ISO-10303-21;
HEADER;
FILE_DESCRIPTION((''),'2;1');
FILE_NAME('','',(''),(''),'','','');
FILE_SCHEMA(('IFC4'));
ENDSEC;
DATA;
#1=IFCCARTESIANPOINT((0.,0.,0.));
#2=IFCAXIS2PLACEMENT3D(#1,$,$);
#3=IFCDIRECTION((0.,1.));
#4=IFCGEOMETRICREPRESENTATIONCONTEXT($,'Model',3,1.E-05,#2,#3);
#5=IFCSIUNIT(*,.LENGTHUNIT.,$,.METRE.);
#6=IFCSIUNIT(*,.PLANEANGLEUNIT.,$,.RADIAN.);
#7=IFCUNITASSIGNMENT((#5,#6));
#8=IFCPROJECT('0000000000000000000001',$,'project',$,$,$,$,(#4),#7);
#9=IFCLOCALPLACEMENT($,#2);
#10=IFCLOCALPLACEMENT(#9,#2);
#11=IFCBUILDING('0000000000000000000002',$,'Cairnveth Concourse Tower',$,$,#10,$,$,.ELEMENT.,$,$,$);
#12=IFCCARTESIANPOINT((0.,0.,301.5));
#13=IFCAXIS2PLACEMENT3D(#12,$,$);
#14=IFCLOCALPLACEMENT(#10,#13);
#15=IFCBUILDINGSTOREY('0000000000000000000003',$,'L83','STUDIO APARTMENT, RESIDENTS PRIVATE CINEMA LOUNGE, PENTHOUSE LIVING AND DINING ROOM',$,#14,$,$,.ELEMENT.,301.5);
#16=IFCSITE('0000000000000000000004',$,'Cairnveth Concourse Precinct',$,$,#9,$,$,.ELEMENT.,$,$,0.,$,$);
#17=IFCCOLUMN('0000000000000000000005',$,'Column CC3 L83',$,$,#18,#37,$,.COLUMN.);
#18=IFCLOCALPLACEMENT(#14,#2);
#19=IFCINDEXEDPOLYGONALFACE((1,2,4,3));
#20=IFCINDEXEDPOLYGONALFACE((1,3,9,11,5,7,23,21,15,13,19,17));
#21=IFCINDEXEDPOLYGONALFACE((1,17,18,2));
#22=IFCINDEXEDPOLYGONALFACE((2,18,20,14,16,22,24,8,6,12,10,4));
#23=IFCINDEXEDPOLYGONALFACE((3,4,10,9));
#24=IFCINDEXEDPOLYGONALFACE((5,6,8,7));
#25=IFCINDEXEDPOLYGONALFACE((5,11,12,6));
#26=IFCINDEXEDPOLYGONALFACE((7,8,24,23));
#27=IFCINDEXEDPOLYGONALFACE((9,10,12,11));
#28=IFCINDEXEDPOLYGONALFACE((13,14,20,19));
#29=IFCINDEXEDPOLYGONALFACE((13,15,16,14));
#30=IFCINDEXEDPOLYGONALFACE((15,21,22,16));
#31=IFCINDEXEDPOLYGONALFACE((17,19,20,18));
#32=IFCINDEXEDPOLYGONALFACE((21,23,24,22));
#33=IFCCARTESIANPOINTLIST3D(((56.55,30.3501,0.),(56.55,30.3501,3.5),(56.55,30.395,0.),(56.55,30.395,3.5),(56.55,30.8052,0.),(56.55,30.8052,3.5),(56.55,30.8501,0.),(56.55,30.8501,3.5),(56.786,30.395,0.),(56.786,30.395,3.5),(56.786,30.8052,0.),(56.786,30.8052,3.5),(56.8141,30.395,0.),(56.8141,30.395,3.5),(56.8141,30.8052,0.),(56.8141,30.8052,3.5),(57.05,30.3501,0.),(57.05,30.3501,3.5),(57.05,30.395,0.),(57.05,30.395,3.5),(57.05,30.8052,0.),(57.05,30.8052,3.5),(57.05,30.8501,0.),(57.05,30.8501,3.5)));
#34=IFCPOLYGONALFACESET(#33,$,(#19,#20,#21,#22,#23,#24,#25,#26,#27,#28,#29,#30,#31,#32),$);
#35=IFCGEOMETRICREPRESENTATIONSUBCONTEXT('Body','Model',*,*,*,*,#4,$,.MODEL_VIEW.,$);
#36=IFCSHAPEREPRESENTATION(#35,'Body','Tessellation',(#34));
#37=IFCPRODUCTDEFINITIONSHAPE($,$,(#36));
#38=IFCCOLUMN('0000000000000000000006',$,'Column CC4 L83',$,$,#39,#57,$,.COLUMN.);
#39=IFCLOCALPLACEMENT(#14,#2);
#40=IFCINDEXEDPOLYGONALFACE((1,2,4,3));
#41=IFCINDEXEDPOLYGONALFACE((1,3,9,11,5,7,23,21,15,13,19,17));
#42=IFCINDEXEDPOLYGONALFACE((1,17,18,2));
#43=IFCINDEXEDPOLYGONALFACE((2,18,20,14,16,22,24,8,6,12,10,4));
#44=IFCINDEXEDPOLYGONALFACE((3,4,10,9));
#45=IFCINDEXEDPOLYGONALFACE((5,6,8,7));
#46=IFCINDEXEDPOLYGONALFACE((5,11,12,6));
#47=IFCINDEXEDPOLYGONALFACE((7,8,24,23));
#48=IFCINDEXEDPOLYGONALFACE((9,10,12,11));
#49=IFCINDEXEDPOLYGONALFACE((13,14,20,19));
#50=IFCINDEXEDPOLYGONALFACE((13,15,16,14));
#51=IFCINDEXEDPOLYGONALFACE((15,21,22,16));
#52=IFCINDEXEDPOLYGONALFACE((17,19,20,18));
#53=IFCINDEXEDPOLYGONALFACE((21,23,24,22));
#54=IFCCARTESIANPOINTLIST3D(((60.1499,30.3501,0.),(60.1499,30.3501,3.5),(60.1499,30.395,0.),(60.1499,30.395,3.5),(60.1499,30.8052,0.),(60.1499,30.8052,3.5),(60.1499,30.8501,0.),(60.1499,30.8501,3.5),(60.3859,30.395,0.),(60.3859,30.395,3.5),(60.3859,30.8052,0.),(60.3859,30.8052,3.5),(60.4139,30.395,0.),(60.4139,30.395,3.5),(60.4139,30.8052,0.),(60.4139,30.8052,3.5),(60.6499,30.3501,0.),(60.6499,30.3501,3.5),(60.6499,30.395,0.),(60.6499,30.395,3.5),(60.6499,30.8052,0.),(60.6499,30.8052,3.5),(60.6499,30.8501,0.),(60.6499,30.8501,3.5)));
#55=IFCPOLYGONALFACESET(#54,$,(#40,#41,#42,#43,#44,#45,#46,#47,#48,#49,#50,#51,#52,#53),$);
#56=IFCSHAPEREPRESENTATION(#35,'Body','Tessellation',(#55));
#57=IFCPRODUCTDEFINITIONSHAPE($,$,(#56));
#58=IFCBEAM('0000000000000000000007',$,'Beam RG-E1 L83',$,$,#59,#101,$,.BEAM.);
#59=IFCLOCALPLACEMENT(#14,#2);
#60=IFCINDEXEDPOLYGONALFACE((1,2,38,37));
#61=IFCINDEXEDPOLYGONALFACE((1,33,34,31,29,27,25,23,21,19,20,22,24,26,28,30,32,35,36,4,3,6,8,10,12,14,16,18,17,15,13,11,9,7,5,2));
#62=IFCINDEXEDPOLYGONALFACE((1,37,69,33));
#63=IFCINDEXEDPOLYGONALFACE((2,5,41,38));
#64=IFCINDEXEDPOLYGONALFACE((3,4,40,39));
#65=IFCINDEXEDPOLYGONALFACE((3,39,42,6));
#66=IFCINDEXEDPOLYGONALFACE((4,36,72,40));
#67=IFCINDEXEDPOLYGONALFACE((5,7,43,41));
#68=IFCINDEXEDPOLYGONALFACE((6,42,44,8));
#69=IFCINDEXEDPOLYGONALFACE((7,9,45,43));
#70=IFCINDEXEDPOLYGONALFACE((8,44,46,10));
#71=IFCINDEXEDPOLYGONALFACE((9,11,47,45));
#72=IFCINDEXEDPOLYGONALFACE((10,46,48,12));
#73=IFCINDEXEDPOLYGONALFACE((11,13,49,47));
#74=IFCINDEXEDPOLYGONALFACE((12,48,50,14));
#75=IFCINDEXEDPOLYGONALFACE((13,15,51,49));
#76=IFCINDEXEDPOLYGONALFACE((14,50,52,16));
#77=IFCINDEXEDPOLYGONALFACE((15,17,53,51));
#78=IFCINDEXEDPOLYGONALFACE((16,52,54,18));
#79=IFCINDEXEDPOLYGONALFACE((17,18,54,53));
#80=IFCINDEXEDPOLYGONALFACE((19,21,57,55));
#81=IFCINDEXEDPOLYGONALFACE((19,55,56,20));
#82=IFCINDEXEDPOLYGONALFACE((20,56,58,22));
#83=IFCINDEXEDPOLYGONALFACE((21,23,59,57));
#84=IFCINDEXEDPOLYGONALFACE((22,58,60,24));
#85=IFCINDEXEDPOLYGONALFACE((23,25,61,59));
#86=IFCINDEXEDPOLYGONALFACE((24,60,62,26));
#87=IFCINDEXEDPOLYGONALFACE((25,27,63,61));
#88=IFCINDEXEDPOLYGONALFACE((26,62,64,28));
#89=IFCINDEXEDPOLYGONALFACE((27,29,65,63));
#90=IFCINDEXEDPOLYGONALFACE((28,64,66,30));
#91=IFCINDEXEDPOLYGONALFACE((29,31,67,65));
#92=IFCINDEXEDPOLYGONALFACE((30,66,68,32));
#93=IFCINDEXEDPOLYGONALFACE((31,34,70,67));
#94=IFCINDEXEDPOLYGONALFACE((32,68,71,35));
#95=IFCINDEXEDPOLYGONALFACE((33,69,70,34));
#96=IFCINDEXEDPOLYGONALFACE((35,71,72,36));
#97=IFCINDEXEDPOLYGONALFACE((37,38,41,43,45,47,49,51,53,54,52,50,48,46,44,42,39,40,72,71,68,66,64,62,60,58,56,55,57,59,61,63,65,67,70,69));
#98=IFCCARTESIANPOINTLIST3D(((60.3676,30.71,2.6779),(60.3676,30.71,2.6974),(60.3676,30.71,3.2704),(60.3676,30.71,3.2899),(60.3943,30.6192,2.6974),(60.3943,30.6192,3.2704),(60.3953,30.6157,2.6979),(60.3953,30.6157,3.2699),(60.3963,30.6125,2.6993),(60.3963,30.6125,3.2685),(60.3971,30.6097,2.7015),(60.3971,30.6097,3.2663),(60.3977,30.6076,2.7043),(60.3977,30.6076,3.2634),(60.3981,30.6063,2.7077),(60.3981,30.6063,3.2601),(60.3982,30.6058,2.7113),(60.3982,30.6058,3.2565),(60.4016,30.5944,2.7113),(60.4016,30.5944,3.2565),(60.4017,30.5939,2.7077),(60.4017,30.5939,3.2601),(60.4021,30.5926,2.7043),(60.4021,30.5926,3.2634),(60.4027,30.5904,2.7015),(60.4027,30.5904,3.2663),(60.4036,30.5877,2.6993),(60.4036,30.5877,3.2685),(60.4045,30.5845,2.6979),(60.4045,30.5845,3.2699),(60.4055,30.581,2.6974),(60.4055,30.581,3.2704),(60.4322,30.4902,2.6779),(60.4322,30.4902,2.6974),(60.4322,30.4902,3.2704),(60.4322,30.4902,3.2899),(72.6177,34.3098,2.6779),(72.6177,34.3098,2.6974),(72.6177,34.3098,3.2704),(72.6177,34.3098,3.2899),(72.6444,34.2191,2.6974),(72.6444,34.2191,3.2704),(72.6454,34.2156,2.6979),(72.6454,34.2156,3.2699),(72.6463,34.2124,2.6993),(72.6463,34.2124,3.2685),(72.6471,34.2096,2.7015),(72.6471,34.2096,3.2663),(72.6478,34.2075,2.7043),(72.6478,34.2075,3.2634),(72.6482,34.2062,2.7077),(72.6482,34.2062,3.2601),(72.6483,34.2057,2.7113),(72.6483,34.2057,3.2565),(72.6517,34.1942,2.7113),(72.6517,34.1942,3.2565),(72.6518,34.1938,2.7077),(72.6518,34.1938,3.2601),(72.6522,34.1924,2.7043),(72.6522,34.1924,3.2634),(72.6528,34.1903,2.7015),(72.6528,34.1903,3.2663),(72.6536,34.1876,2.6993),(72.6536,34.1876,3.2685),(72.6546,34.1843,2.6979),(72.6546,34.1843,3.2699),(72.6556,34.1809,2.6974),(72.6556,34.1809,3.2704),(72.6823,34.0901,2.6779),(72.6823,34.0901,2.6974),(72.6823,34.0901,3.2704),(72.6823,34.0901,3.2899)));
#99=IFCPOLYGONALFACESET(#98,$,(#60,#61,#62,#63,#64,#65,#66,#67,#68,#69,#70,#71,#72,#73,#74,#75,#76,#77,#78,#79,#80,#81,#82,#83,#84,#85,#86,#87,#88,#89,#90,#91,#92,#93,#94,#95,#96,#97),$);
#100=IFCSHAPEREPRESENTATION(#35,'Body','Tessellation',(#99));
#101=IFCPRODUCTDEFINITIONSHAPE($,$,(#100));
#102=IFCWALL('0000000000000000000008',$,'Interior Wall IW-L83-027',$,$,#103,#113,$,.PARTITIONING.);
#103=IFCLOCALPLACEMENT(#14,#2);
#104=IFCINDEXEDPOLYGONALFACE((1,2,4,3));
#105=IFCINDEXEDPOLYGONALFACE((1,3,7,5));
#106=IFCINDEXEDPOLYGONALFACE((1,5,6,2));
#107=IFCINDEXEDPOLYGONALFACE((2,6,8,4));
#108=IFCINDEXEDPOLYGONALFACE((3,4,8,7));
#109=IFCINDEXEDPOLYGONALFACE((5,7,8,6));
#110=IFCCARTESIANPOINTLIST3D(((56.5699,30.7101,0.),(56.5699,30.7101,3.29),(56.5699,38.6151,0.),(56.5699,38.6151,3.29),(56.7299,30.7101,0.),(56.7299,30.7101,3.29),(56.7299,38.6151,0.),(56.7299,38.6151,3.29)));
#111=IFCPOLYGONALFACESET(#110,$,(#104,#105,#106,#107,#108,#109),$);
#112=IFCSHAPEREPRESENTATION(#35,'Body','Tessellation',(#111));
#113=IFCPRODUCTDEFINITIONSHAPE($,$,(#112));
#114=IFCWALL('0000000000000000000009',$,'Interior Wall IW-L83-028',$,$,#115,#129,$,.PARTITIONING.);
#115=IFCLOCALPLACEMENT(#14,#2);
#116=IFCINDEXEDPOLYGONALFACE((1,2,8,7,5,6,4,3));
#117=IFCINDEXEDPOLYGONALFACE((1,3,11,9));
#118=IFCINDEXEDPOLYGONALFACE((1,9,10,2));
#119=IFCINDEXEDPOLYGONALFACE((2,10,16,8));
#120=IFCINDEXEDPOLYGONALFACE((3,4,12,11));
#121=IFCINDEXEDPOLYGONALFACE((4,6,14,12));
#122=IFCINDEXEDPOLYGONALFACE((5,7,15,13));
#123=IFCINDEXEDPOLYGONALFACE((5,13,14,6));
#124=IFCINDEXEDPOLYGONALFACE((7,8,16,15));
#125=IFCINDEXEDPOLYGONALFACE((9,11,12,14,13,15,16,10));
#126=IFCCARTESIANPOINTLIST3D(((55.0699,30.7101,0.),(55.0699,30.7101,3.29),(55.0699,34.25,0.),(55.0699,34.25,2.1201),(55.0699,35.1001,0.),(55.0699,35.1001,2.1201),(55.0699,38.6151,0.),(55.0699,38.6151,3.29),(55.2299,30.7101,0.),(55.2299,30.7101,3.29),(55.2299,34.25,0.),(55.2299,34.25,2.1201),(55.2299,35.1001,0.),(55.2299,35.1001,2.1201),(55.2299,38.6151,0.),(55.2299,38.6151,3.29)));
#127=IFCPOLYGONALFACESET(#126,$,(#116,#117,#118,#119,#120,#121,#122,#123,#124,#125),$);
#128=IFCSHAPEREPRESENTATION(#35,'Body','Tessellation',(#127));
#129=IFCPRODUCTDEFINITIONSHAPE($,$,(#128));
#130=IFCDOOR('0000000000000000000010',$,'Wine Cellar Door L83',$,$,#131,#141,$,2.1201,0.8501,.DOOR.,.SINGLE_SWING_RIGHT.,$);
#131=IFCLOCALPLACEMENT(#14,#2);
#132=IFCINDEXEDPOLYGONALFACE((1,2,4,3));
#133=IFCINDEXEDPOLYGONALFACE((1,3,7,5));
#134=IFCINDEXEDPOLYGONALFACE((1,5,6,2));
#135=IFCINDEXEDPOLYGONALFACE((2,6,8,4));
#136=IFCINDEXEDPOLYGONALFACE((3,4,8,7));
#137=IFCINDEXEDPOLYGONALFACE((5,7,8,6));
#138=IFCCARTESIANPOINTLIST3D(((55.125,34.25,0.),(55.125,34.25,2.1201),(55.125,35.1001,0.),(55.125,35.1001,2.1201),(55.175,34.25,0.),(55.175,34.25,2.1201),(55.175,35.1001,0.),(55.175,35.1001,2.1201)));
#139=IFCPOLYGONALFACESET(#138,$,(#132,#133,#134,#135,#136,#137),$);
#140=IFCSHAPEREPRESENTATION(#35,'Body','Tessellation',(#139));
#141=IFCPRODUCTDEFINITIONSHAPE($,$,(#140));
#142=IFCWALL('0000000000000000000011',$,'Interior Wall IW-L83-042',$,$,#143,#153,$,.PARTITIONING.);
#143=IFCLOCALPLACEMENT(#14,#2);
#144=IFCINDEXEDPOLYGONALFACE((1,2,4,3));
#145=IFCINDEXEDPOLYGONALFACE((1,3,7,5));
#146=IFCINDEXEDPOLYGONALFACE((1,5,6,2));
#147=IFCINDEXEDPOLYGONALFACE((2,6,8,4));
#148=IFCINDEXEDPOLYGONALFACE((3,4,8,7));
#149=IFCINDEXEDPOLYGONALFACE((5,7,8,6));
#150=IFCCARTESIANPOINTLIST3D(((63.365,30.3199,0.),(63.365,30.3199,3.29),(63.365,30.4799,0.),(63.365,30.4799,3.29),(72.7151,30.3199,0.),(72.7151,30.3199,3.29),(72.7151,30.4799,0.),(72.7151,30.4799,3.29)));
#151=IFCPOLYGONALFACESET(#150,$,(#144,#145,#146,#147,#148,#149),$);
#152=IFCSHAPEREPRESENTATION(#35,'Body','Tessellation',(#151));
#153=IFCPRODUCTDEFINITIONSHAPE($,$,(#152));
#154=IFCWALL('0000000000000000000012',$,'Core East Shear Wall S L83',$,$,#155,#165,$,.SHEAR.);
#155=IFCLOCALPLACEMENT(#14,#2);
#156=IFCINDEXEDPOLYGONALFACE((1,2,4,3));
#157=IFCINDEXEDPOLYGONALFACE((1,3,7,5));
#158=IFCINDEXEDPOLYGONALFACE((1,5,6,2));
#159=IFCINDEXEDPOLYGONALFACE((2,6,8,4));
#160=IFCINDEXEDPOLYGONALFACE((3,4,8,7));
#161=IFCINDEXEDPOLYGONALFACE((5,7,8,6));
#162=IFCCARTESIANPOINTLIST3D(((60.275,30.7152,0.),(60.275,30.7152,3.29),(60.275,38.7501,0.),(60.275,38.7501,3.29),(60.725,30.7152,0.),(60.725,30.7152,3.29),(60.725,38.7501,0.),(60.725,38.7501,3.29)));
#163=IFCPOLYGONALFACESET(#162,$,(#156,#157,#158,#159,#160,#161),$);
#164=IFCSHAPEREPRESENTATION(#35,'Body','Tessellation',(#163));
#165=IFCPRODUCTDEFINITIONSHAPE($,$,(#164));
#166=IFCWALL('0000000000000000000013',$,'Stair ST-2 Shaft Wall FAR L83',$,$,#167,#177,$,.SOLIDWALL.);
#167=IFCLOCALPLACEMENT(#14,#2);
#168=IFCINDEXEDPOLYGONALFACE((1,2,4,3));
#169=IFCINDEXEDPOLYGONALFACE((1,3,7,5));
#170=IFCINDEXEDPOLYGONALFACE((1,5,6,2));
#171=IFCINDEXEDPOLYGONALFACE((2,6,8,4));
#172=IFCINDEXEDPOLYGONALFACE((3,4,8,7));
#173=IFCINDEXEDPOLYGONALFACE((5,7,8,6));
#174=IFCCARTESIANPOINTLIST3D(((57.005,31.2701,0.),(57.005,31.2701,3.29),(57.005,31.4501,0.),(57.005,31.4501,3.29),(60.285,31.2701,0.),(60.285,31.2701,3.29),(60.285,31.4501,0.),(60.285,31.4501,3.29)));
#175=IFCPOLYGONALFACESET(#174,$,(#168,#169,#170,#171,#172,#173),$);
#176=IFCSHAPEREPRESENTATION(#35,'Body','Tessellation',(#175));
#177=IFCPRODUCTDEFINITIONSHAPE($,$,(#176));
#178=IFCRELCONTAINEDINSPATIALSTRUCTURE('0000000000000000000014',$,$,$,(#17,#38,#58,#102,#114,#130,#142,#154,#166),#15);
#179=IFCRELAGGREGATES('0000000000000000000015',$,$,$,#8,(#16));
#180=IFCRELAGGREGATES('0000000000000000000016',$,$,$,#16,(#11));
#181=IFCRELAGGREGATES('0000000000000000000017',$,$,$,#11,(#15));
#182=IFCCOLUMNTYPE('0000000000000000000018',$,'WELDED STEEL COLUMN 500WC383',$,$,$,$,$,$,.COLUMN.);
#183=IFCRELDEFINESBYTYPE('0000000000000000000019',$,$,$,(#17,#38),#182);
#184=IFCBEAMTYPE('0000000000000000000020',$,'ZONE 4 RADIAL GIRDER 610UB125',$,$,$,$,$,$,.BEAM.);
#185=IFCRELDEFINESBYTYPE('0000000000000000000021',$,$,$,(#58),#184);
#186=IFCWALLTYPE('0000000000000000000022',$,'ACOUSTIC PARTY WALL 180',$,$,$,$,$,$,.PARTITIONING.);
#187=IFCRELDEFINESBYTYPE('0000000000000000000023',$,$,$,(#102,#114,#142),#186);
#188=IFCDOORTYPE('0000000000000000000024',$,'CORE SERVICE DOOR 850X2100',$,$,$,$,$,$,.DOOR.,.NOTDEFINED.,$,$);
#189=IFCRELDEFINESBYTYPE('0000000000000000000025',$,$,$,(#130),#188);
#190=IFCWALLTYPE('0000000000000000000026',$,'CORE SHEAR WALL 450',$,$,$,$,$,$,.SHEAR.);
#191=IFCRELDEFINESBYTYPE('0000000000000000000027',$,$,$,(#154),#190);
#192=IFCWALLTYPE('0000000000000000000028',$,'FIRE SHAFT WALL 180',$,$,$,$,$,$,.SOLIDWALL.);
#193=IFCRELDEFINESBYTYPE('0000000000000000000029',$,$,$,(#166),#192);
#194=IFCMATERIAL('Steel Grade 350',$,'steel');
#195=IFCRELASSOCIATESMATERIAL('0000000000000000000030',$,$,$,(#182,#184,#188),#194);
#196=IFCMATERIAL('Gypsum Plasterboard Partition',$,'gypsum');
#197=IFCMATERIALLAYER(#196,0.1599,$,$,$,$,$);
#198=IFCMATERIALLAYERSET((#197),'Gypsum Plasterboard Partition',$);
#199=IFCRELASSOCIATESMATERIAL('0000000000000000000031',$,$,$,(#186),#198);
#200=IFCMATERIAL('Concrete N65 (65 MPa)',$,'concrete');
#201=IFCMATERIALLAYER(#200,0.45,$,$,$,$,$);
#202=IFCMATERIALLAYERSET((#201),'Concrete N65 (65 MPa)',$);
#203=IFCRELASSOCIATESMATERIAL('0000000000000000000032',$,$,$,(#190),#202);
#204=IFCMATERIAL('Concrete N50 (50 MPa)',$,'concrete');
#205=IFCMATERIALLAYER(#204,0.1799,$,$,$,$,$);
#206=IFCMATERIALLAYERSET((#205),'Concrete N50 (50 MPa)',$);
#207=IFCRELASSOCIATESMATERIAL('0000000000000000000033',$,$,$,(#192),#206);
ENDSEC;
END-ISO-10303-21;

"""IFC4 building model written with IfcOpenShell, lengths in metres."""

from ifc_helpers import new_model, si_unit, direction, frame, frame_2d, origin, origin_2d, place, context, subcontext, project, spatial, rectangle, i_section, extrude, material, layer, layer_set, material_profile, profile_set, type_object, element, fill, save


model = new_model("IFC4")

# Units and contexts
model_context = context("Model", 3, precision=1e-05, world=origin(), true_north=direction((0.0, 1.0)))
body_context = subcontext(model_context, "Body", "Model", "MODEL_VIEW")
ifc_project = project(units=[si_unit("LENGTHUNIT", "METRE"), si_unit("PLANEANGLEUNIT", "RADIAN")], contexts=[model_context])

# Site, building, storey
site_placement = place(None, origin())
site = spatial("IfcSite", under=ifc_project, at=site_placement, Name="Cairnveth Concourse Precinct", CompositionType="ELEMENT", RefElevation=0.0)
building_placement = place(site_placement, origin())
building = spatial("IfcBuilding", under=site, at=building_placement, Name="Cairnveth Concourse Tower", CompositionType="ELEMENT")
storey_placement = place(building_placement, frame((0.0, 0.0, 301.5)))
storey = spatial("IfcBuildingStorey", under=building, at=storey_placement, Name="L83", Description="STUDIO APARTMENT, RESIDENTS PRIVATE CINEMA LOUNGE, PENTHOUSE LIVING AND DINING ROOM", CompositionType="ELEMENT", Elevation=301.5)

# Columns
ifc_material_1 = material(Name="Steel Grade 350", Category="steel")
ifc_material_profile_1 = material_profile(ifc_material_1, i_section(OverallWidth=0.5, OverallDepth=0.5, WebThickness=0.0281, FlangeThickness=0.0449, at=origin_2d()), Name="500WC383")
ifc_profile_set_1 = profile_set([ifc_material_profile_1], Name="Steel Grade 350")
column_type = type_object("IfcColumnType", Name="WELDED STEEL COLUMN 500WC383", PredefinedType="COLUMN", material=ifc_profile_set_1)
for number, where, z_axis, x_axis, name in (
    (1, (56.8, 30.6001, 0.0), (0.0, 0.0, 1.0), (1.0, 0.0, 0.0), "Column CC3 L83"),
    (2, (60.3999, 30.6001, 0.0), (0.0, 0.0, 1.0), (1.0, 0.0, 0.0), "Column CC4 L83"),
):
    element("IfcColumn", number, at=place(storey_placement, frame(where, z_axis=z_axis, x_axis=x_axis)), inside=storey, type_object=column_type, Name=name, PredefinedType="COLUMN", context=body_context, shape_type="SweptSolid", body=[
        extrude(i_section(OverallWidth=0.5, OverallDepth=0.5, WebThickness=0.0281, FlangeThickness=0.0449, at=origin_2d()), origin(), (0.0, 0.0, 1.0), 3.5),
    ])

# Beam
ifc_material_profile_2 = material_profile(ifc_material_1, i_section(OverallWidth=0.229, OverallDepth=0.6121, WebThickness=0.012, FlangeThickness=0.0195, FilletRadius=0.0139, at=origin_2d()), Name="610UB125")
ifc_profile_set_2 = profile_set([ifc_material_profile_2], Name="Steel Grade 350")
beam_type = type_object("IfcBeamType", Name="ZONE 4 RADIAL GIRDER 610UB125", PredefinedType="BEAM", material=ifc_profile_set_2)
beam_placement = place(storey_placement, frame((60.3999, 30.6001, 2.9839), z_axis=(0.959431, 0.281944, 0.0), x_axis=(-0.281944, 0.959431, 0.0)))
element("IfcBeam", 3, at=beam_placement, inside=storey, type_object=beam_type, Name="Beam RG-E1 L83", PredefinedType="BEAM", context=body_context, shape_type="SweptSolid", body=[
    extrude(i_section(OverallWidth=0.229, OverallDepth=0.6121, WebThickness=0.012, FlangeThickness=0.0195, FilletRadius=0.0139, at=origin_2d()), origin(), (0.0, 0.0, 1.0), 12.7681),
])

# Wall
ifc_material_2 = material(Name="Gypsum Plasterboard Partition", Category="gypsum")
ifc_layer_1 = layer(ifc_material_2, 0.1599)
ifc_layer_set_1 = layer_set([ifc_layer_1], Name="Gypsum Plasterboard Partition")
wall_type_1 = type_object("IfcWallType", Name="ACOUSTIC PARTY WALL 180", PredefinedType="PARTITIONING", material=ifc_layer_set_1)
wall_1_placement = place(storey_placement, frame((56.6499, 30.71, 0.0), z_axis=(0.0, 0.0, 1.0), x_axis=(0.0, 1.0, 0.0)))
element("IfcWall", 4, at=wall_1_placement, inside=storey, type_object=wall_type_1, Name="Interior Wall IW-L83-027", PredefinedType="PARTITIONING", context=body_context, shape_type="SweptSolid", body=[
    extrude(rectangle(XDim=7.905, YDim=0.1599, at=frame_2d((3.9526, 0.0))), origin(), (0.0, 0.0, 1.0), 3.29),
])

# Wall, opening, door
wall_2_placement = place(storey_placement, frame((55.1499, 30.71, 0.0), z_axis=(0.0, 0.0, 1.0), x_axis=(0.0, 1.0, 0.0)))
wall_2 = element("IfcWall", 5, at=wall_2_placement, inside=storey, type_object=wall_type_1, Name="Interior Wall IW-L83-028", PredefinedType="PARTITIONING", context=body_context, shape_type="SweptSolid", body=[
    extrude(rectangle(XDim=7.905, YDim=0.1599, at=frame_2d((3.9526, 0.0))), origin(), (0.0, 0.0, 1.0), 3.29),
])
opening_1_placement = place(wall_2_placement, frame((3.54, 0.0, 0.0)))
opening_1 = element("IfcOpeningElement", 6, at=opening_1_placement, cuts=wall_2, PredefinedType="OPENING", context=body_context, shape_type="SweptSolid", body=[
    extrude(rectangle(XDim=0.8501, YDim=2.1201, at=frame_2d((0.425, 1.0601))), frame((0.0, 0.0898, 0.0), z_axis=(0.0, -1.0, 0.0), x_axis=(1.0, 0.0, 0.0)), (0.0, 0.0, 1.0), 0.1799),
])
door_type_1 = type_object("IfcDoorType", Name="CORE SERVICE DOOR 850X2100", OperationType="NOTDEFINED", PredefinedType="DOOR", material=ifc_material_1)
door_1_placement = place(opening_1_placement, origin())
door_1 = element("IfcDoor", 7, at=door_1_placement, inside=storey, type_object=door_type_1, Name="Wine Cellar Door L83", OperationType="SINGLE_SWING_RIGHT", OverallHeight=2.1201, OverallWidth=0.8501, PredefinedType="DOOR", context=body_context, shape_type="SweptSolid", body=[
    extrude(rectangle(XDim=0.8501, YDim=2.1201, at=frame_2d((0.425, 1.0601))), frame((0.0, 0.0249, 0.0), z_axis=(0.0, -1.0, 0.0), x_axis=(1.0, 0.0, 0.0)), (0.0, 0.0, 1.0), 0.05),
])
fill(opening_1, door_1)

# Walls
wall_3_placement = place(storey_placement, frame((63.365, 30.3999, 0.0), z_axis=(0.0, 0.0, 1.0), x_axis=(1.0, 0.0, 0.0)))
element("IfcWall", 8, at=wall_3_placement, inside=storey, type_object=wall_type_1, Name="Interior Wall IW-L83-042", PredefinedType="PARTITIONING", context=body_context, shape_type="SweptSolid", body=[
    extrude(rectangle(XDim=9.3501, YDim=0.1599, at=frame_2d((4.675, 0.0))), origin(), (0.0, 0.0, 1.0), 3.29),
])
ifc_material_3 = material(Name="Concrete N65 (65 MPa)", Category="concrete")
ifc_layer_2 = layer(ifc_material_3, 0.45)
ifc_layer_set_2 = layer_set([ifc_layer_2], Name="Concrete N65 (65 MPa)")
wall_type_2 = type_object("IfcWallType", Name="CORE SHEAR WALL 450", PredefinedType="SHEAR", material=ifc_layer_set_2)
wall_4_placement = place(storey_placement, frame((60.5, 30.7151, 0.0), z_axis=(0.0, 0.0, 1.0), x_axis=(0.0, 1.0, 0.0)))
element("IfcWall", 9, at=wall_4_placement, inside=storey, type_object=wall_type_2, Name="Core East Shear Wall S L83", PredefinedType="SHEAR", context=body_context, shape_type="SweptSolid", body=[
    extrude(rectangle(XDim=8.0349, YDim=0.45, at=frame_2d((4.0176, 0.0))), origin(), (0.0, 0.0, 1.0), 3.29),
])
ifc_material_4 = material(Name="Concrete N50 (50 MPa)", Category="concrete")
ifc_layer_3 = layer(ifc_material_4, 0.1799)
ifc_layer_set_3 = layer_set([ifc_layer_3], Name="Concrete N50 (50 MPa)")
wall_type_3 = type_object("IfcWallType", Name="FIRE SHAFT WALL 180", PredefinedType="SOLIDWALL", material=ifc_layer_set_3)
wall_5_placement = place(storey_placement, frame((57.0049, 31.3601, 0.0), z_axis=(0.0, 0.0, 1.0), x_axis=(1.0, 0.0, 0.0)))
element("IfcWall", 10, at=wall_5_placement, inside=storey, type_object=wall_type_3, Name="Stair ST-2 Shaft Wall FAR L83", PredefinedType="SOLIDWALL", context=body_context, shape_type="SweptSolid", body=[
    extrude(rectangle(XDim=3.28, YDim=0.1799, at=frame_2d((1.6401, 0.0))), origin(), (0.0, 0.0, 1.0), 3.29),
])

save(model, "model.ifc")
